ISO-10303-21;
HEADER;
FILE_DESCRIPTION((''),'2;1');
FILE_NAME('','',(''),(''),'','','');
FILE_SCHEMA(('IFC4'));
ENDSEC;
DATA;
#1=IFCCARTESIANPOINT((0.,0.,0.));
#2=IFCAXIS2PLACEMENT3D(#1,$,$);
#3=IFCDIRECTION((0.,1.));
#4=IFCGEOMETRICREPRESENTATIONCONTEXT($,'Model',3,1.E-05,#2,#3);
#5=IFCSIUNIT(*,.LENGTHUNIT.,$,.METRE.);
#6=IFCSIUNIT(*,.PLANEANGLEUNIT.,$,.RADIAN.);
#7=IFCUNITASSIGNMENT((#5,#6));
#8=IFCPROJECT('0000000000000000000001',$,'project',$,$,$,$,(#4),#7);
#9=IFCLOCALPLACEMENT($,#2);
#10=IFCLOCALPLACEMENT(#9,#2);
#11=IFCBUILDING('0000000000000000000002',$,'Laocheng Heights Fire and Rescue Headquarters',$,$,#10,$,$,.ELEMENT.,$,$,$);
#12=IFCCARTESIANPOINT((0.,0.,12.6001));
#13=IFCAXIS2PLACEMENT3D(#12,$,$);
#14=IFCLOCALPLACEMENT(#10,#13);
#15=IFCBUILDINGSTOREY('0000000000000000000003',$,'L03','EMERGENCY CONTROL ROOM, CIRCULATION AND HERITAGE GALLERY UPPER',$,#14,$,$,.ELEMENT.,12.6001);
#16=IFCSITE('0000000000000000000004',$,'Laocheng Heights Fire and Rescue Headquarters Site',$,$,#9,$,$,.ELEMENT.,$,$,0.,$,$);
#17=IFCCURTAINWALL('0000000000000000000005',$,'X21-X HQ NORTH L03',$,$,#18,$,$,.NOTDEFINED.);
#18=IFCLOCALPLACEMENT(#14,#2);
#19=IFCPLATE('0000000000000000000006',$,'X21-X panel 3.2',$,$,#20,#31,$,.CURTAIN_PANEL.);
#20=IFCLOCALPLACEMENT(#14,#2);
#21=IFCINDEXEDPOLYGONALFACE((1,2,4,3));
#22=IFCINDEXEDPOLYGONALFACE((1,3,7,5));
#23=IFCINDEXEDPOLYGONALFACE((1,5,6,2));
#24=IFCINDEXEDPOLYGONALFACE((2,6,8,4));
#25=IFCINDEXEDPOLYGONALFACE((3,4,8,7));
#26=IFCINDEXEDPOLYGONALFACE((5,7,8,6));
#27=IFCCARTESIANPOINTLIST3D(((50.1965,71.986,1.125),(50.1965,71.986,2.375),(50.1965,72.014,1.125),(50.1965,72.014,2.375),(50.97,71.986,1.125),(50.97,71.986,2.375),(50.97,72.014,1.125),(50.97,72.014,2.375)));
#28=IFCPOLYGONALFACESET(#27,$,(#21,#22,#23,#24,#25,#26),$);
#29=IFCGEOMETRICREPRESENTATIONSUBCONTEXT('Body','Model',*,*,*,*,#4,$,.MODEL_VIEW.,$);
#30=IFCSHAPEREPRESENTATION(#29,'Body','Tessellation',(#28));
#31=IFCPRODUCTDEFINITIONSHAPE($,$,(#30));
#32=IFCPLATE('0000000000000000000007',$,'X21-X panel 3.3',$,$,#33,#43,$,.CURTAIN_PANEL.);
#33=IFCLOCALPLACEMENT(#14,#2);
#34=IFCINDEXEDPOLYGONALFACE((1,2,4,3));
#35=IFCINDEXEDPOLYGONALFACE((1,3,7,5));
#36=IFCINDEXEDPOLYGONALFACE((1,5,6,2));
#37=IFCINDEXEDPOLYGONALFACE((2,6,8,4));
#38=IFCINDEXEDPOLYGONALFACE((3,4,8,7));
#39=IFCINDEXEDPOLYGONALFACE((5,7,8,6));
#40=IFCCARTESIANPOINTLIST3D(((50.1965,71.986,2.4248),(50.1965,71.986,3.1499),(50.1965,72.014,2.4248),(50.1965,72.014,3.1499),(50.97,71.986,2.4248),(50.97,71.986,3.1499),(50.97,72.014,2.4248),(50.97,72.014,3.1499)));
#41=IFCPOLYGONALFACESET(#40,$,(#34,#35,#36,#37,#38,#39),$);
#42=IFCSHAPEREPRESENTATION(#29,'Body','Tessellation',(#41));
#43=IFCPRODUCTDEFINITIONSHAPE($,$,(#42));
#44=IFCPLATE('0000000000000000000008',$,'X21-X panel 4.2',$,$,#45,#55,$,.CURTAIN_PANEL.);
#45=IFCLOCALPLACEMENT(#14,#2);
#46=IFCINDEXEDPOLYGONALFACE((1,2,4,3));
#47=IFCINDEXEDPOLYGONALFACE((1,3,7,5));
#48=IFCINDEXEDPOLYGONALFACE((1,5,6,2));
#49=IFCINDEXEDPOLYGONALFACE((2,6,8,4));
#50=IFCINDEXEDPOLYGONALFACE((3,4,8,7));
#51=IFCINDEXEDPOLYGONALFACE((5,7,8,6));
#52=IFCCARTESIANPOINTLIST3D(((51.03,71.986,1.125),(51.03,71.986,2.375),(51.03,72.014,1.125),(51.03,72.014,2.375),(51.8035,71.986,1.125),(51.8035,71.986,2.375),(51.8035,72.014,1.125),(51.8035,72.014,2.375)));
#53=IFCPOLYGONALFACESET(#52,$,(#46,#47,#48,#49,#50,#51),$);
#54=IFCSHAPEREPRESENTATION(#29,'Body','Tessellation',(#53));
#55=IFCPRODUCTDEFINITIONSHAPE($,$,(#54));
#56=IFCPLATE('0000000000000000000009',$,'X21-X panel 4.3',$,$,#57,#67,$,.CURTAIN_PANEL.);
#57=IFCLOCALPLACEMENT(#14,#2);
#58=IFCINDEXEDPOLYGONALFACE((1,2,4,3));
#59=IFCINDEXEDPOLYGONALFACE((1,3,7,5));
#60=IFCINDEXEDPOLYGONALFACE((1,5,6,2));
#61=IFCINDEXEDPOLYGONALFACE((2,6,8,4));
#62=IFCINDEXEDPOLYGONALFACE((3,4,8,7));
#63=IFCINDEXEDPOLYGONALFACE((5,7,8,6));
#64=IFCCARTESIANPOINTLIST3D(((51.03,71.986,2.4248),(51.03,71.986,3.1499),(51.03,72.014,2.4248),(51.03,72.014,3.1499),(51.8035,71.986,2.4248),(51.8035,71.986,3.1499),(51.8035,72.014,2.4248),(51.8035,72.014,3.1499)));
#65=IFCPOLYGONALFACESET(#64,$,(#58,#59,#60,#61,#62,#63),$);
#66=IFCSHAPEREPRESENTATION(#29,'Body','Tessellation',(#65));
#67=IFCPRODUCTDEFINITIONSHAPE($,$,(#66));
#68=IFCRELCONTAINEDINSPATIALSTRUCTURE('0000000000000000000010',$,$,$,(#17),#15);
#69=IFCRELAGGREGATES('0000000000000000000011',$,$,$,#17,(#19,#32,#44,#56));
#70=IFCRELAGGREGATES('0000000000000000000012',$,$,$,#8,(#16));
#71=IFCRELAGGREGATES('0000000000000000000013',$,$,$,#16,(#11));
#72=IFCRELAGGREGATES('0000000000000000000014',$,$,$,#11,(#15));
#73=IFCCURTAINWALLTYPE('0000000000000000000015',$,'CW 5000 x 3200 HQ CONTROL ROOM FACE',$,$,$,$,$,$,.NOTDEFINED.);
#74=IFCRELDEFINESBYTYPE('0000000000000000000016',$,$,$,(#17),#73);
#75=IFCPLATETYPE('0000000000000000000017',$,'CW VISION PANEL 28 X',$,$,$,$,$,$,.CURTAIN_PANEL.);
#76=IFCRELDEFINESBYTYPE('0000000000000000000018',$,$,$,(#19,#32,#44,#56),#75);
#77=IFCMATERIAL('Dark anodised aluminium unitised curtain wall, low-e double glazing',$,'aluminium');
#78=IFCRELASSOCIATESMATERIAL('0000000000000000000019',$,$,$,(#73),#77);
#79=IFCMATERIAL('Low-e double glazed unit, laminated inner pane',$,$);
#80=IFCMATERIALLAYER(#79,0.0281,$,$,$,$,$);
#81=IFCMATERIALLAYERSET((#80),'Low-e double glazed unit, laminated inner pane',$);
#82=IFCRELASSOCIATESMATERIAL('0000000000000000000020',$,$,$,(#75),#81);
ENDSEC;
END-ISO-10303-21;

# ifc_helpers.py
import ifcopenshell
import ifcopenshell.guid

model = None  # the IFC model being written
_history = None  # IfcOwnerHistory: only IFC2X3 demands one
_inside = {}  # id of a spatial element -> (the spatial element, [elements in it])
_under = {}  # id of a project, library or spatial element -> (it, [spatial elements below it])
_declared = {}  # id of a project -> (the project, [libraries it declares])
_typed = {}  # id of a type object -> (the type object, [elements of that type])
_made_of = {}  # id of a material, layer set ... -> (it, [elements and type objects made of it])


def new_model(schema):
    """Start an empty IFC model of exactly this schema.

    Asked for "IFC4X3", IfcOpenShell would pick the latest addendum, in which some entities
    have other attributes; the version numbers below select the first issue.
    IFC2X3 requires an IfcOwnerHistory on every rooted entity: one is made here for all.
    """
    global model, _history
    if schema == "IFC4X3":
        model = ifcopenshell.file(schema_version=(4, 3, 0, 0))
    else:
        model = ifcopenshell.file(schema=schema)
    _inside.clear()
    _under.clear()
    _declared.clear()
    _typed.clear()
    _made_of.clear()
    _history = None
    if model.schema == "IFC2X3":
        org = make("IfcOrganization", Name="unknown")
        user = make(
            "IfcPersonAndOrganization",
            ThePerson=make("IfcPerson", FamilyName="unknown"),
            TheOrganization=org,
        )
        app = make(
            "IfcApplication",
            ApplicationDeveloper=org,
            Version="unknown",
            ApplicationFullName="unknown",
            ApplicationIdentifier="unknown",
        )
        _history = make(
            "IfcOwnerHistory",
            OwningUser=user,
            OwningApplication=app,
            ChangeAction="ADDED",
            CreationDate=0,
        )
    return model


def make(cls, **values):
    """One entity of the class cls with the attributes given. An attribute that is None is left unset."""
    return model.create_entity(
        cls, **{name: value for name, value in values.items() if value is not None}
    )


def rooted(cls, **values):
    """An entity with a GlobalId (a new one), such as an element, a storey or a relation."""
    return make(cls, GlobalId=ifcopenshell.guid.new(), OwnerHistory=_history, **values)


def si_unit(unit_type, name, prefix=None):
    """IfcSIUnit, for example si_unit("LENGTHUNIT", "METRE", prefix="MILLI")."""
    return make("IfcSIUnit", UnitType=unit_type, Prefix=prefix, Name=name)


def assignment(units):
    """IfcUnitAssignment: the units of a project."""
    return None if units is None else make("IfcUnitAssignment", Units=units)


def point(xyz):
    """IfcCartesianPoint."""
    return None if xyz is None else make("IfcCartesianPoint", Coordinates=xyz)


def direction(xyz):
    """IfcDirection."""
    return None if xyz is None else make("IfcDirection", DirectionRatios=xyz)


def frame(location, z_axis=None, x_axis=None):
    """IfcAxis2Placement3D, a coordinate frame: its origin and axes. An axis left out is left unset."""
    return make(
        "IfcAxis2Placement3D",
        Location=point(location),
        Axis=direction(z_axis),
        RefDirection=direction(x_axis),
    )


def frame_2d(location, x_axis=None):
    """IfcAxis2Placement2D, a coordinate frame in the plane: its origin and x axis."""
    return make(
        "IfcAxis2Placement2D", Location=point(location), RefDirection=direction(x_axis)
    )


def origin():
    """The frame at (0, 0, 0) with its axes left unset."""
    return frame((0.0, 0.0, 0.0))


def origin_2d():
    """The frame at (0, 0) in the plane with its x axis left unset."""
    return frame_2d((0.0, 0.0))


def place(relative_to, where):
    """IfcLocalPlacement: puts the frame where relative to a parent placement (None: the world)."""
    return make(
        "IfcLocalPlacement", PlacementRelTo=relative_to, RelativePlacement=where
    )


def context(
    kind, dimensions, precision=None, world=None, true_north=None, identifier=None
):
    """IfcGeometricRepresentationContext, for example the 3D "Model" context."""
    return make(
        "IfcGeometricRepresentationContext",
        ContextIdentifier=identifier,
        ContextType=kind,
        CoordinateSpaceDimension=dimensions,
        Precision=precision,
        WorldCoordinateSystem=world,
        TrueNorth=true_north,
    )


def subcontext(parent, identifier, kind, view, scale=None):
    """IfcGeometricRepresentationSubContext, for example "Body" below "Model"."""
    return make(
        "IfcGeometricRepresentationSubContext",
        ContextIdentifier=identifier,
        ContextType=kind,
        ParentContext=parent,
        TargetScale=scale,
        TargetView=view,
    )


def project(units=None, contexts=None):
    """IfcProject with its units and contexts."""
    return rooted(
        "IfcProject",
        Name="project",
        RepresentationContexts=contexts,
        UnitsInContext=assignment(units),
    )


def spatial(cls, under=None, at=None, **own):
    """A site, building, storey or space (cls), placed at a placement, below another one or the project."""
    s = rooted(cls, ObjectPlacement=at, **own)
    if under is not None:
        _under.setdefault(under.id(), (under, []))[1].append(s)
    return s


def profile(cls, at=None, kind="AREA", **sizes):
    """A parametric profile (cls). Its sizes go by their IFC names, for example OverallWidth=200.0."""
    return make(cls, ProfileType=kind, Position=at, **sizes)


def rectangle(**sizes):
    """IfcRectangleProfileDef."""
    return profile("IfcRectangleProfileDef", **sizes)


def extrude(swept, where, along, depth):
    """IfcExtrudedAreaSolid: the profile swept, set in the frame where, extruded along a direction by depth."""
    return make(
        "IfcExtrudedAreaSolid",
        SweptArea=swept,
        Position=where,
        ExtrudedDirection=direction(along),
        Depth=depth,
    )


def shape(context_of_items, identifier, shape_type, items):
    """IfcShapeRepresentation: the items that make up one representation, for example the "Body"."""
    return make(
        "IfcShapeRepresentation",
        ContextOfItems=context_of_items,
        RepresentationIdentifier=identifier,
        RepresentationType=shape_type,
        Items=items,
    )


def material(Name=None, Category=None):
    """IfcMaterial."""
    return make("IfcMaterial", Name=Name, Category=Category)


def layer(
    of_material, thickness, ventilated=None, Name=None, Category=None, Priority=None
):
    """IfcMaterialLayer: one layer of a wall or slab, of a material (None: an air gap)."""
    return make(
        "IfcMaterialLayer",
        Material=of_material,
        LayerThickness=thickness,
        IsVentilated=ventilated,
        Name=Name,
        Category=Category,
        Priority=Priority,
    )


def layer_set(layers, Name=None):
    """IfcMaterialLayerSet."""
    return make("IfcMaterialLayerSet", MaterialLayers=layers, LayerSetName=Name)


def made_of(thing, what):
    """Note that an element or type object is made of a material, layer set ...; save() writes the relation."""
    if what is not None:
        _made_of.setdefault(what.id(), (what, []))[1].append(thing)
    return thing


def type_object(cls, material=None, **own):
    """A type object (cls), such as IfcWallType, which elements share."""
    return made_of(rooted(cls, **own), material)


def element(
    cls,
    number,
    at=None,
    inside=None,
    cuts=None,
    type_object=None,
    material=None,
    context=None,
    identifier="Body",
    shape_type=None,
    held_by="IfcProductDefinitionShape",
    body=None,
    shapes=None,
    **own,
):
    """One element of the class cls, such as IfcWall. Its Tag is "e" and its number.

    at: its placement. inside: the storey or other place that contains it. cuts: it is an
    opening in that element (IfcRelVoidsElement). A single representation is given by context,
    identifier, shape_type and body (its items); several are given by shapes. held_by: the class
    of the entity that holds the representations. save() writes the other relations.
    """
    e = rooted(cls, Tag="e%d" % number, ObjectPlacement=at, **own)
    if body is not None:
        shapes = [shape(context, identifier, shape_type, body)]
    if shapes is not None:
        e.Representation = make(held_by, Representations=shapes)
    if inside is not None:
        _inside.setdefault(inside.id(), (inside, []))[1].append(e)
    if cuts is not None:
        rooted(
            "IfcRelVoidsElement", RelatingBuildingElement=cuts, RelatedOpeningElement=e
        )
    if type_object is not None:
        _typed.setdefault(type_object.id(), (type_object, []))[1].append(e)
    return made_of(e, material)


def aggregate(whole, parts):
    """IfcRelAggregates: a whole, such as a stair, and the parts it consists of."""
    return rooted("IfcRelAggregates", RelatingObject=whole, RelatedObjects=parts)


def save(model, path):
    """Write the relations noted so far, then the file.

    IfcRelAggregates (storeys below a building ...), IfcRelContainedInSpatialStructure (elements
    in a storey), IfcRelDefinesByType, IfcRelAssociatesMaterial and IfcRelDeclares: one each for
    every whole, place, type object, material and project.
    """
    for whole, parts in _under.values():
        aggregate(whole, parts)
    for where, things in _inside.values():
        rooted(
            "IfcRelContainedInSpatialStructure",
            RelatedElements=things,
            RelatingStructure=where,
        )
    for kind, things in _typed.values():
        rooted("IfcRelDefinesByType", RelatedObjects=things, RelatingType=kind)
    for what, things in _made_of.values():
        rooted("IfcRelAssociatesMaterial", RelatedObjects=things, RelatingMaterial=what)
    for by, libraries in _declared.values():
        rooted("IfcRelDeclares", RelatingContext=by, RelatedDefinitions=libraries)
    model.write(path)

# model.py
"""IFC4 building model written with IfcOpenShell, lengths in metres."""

from ifc_helpers import new_model, si_unit, direction, frame, origin, origin_2d, place, context, subcontext, project, spatial, rectangle, extrude, material, layer, layer_set, type_object, element, aggregate, save


model = new_model("IFC4")

# Units and contexts
model_context = context("Model", 3, precision=1e-05, world=origin(), true_north=direction((0.0, 1.0)))
body_context = subcontext(model_context, "Body", "Model", "MODEL_VIEW")
ifc_project = project(units=[si_unit("LENGTHUNIT", "METRE"), si_unit("PLANEANGLEUNIT", "RADIAN")], contexts=[model_context])

# Site, building, storey
site_placement = place(None, origin())
site = spatial("IfcSite", under=ifc_project, at=site_placement, Name="Laocheng Heights Fire and Rescue Headquarters Site", CompositionType="ELEMENT", RefElevation=0.0)
building_placement = place(site_placement, origin())
building = spatial("IfcBuilding", under=site, at=building_placement, Name="Laocheng Heights Fire and Rescue Headquarters", CompositionType="ELEMENT")
storey_placement = place(building_placement, frame((0.0, 0.0, 12.6001)))
storey = spatial("IfcBuildingStorey", under=building, at=storey_placement, Name="L03", Description="EMERGENCY CONTROL ROOM, CIRCULATION AND HERITAGE GALLERY UPPER", CompositionType="ELEMENT", Elevation=12.6001)

# Curtain wall, plates
ifc_material_1 = material(Name="Dark anodised aluminium unitised curtain wall, low-e double glazing", Category="aluminium")
curtain_wall_type = type_object("IfcCurtainWallType", Name="CW 5000 x 3200 HQ CONTROL ROOM FACE", PredefinedType="NOTDEFINED", material=ifc_material_1)
curtain_wall_placement = place(storey_placement, origin())
curtain_wall = element("IfcCurtainWall", 1, at=curtain_wall_placement, inside=storey, type_object=curtain_wall_type, Name="X21-X HQ NORTH L03", PredefinedType="NOTDEFINED")
ifc_material_2 = material(Name="Low-e double glazed unit, laminated inner pane")
ifc_layer_1 = layer(ifc_material_2, 0.0281)
ifc_layer_set_1 = layer_set([ifc_layer_1], Name="Low-e double glazed unit, laminated inner pane")
plate_type_1 = type_object("IfcPlateType", Name="CW VISION PANEL 28 X", PredefinedType="CURTAIN_PANEL", material=ifc_layer_set_1)
plate_1_placement = place(storey_placement, frame((50.5833, 72.0, 1.125), z_axis=(0.0, 0.0, 1.0), x_axis=(1.0, 0.0, 0.0)))
plate_1 = element("IfcPlate", 2, at=plate_1_placement, type_object=plate_type_1, Name="X21-X panel 3.2", PredefinedType="CURTAIN_PANEL", context=body_context, shape_type="SweptSolid", body=[
    extrude(rectangle(XDim=0.7734, YDim=0.0281, at=origin_2d()), origin(), (0.0, 0.0, 1.0), 1.25),
])
plate_2_placement = place(storey_placement, frame((50.5833, 72.0, 2.4248), z_axis=(0.0, 0.0, 1.0), x_axis=(1.0, 0.0, 0.0)))
plate_2 = element("IfcPlate", 3, at=plate_2_placement, type_object=plate_type_1, Name="X21-X panel 3.3", PredefinedType="CURTAIN_PANEL", context=body_context, shape_type="SweptSolid", body=[
    extrude(rectangle(XDim=0.7734, YDim=0.0281, at=origin_2d()), origin(), (0.0, 0.0, 1.0), 0.7251),
])
plate_3_placement = place(storey_placement, frame((51.4167, 72.0, 1.125), z_axis=(0.0, 0.0, 1.0), x_axis=(1.0, 0.0, 0.0)))
plate_3 = element("IfcPlate", 4, at=plate_3_placement, type_object=plate_type_1, Name="X21-X panel 4.2", PredefinedType="CURTAIN_PANEL", context=body_context, shape_type="SweptSolid", body=[
    extrude(rectangle(XDim=0.7734, YDim=0.0281, at=origin_2d()), origin(), (0.0, 0.0, 1.0), 1.25),
])
plate_4_placement = place(storey_placement, frame((51.4167, 72.0, 2.4248), z_axis=(0.0, 0.0, 1.0), x_axis=(1.0, 0.0, 0.0)))
plate_4 = element("IfcPlate", 5, at=plate_4_placement, type_object=plate_type_1, Name="X21-X panel 4.3", PredefinedType="CURTAIN_PANEL", context=body_context, shape_type="SweptSolid", body=[
    extrude(rectangle(XDim=0.7734, YDim=0.0281, at=origin_2d()), origin(), (0.0, 0.0, 1.0), 0.7251),
])
aggregate(curtain_wall, [plate_1, plate_2, plate_3, plate_4])

save(model, "model.ifc")
